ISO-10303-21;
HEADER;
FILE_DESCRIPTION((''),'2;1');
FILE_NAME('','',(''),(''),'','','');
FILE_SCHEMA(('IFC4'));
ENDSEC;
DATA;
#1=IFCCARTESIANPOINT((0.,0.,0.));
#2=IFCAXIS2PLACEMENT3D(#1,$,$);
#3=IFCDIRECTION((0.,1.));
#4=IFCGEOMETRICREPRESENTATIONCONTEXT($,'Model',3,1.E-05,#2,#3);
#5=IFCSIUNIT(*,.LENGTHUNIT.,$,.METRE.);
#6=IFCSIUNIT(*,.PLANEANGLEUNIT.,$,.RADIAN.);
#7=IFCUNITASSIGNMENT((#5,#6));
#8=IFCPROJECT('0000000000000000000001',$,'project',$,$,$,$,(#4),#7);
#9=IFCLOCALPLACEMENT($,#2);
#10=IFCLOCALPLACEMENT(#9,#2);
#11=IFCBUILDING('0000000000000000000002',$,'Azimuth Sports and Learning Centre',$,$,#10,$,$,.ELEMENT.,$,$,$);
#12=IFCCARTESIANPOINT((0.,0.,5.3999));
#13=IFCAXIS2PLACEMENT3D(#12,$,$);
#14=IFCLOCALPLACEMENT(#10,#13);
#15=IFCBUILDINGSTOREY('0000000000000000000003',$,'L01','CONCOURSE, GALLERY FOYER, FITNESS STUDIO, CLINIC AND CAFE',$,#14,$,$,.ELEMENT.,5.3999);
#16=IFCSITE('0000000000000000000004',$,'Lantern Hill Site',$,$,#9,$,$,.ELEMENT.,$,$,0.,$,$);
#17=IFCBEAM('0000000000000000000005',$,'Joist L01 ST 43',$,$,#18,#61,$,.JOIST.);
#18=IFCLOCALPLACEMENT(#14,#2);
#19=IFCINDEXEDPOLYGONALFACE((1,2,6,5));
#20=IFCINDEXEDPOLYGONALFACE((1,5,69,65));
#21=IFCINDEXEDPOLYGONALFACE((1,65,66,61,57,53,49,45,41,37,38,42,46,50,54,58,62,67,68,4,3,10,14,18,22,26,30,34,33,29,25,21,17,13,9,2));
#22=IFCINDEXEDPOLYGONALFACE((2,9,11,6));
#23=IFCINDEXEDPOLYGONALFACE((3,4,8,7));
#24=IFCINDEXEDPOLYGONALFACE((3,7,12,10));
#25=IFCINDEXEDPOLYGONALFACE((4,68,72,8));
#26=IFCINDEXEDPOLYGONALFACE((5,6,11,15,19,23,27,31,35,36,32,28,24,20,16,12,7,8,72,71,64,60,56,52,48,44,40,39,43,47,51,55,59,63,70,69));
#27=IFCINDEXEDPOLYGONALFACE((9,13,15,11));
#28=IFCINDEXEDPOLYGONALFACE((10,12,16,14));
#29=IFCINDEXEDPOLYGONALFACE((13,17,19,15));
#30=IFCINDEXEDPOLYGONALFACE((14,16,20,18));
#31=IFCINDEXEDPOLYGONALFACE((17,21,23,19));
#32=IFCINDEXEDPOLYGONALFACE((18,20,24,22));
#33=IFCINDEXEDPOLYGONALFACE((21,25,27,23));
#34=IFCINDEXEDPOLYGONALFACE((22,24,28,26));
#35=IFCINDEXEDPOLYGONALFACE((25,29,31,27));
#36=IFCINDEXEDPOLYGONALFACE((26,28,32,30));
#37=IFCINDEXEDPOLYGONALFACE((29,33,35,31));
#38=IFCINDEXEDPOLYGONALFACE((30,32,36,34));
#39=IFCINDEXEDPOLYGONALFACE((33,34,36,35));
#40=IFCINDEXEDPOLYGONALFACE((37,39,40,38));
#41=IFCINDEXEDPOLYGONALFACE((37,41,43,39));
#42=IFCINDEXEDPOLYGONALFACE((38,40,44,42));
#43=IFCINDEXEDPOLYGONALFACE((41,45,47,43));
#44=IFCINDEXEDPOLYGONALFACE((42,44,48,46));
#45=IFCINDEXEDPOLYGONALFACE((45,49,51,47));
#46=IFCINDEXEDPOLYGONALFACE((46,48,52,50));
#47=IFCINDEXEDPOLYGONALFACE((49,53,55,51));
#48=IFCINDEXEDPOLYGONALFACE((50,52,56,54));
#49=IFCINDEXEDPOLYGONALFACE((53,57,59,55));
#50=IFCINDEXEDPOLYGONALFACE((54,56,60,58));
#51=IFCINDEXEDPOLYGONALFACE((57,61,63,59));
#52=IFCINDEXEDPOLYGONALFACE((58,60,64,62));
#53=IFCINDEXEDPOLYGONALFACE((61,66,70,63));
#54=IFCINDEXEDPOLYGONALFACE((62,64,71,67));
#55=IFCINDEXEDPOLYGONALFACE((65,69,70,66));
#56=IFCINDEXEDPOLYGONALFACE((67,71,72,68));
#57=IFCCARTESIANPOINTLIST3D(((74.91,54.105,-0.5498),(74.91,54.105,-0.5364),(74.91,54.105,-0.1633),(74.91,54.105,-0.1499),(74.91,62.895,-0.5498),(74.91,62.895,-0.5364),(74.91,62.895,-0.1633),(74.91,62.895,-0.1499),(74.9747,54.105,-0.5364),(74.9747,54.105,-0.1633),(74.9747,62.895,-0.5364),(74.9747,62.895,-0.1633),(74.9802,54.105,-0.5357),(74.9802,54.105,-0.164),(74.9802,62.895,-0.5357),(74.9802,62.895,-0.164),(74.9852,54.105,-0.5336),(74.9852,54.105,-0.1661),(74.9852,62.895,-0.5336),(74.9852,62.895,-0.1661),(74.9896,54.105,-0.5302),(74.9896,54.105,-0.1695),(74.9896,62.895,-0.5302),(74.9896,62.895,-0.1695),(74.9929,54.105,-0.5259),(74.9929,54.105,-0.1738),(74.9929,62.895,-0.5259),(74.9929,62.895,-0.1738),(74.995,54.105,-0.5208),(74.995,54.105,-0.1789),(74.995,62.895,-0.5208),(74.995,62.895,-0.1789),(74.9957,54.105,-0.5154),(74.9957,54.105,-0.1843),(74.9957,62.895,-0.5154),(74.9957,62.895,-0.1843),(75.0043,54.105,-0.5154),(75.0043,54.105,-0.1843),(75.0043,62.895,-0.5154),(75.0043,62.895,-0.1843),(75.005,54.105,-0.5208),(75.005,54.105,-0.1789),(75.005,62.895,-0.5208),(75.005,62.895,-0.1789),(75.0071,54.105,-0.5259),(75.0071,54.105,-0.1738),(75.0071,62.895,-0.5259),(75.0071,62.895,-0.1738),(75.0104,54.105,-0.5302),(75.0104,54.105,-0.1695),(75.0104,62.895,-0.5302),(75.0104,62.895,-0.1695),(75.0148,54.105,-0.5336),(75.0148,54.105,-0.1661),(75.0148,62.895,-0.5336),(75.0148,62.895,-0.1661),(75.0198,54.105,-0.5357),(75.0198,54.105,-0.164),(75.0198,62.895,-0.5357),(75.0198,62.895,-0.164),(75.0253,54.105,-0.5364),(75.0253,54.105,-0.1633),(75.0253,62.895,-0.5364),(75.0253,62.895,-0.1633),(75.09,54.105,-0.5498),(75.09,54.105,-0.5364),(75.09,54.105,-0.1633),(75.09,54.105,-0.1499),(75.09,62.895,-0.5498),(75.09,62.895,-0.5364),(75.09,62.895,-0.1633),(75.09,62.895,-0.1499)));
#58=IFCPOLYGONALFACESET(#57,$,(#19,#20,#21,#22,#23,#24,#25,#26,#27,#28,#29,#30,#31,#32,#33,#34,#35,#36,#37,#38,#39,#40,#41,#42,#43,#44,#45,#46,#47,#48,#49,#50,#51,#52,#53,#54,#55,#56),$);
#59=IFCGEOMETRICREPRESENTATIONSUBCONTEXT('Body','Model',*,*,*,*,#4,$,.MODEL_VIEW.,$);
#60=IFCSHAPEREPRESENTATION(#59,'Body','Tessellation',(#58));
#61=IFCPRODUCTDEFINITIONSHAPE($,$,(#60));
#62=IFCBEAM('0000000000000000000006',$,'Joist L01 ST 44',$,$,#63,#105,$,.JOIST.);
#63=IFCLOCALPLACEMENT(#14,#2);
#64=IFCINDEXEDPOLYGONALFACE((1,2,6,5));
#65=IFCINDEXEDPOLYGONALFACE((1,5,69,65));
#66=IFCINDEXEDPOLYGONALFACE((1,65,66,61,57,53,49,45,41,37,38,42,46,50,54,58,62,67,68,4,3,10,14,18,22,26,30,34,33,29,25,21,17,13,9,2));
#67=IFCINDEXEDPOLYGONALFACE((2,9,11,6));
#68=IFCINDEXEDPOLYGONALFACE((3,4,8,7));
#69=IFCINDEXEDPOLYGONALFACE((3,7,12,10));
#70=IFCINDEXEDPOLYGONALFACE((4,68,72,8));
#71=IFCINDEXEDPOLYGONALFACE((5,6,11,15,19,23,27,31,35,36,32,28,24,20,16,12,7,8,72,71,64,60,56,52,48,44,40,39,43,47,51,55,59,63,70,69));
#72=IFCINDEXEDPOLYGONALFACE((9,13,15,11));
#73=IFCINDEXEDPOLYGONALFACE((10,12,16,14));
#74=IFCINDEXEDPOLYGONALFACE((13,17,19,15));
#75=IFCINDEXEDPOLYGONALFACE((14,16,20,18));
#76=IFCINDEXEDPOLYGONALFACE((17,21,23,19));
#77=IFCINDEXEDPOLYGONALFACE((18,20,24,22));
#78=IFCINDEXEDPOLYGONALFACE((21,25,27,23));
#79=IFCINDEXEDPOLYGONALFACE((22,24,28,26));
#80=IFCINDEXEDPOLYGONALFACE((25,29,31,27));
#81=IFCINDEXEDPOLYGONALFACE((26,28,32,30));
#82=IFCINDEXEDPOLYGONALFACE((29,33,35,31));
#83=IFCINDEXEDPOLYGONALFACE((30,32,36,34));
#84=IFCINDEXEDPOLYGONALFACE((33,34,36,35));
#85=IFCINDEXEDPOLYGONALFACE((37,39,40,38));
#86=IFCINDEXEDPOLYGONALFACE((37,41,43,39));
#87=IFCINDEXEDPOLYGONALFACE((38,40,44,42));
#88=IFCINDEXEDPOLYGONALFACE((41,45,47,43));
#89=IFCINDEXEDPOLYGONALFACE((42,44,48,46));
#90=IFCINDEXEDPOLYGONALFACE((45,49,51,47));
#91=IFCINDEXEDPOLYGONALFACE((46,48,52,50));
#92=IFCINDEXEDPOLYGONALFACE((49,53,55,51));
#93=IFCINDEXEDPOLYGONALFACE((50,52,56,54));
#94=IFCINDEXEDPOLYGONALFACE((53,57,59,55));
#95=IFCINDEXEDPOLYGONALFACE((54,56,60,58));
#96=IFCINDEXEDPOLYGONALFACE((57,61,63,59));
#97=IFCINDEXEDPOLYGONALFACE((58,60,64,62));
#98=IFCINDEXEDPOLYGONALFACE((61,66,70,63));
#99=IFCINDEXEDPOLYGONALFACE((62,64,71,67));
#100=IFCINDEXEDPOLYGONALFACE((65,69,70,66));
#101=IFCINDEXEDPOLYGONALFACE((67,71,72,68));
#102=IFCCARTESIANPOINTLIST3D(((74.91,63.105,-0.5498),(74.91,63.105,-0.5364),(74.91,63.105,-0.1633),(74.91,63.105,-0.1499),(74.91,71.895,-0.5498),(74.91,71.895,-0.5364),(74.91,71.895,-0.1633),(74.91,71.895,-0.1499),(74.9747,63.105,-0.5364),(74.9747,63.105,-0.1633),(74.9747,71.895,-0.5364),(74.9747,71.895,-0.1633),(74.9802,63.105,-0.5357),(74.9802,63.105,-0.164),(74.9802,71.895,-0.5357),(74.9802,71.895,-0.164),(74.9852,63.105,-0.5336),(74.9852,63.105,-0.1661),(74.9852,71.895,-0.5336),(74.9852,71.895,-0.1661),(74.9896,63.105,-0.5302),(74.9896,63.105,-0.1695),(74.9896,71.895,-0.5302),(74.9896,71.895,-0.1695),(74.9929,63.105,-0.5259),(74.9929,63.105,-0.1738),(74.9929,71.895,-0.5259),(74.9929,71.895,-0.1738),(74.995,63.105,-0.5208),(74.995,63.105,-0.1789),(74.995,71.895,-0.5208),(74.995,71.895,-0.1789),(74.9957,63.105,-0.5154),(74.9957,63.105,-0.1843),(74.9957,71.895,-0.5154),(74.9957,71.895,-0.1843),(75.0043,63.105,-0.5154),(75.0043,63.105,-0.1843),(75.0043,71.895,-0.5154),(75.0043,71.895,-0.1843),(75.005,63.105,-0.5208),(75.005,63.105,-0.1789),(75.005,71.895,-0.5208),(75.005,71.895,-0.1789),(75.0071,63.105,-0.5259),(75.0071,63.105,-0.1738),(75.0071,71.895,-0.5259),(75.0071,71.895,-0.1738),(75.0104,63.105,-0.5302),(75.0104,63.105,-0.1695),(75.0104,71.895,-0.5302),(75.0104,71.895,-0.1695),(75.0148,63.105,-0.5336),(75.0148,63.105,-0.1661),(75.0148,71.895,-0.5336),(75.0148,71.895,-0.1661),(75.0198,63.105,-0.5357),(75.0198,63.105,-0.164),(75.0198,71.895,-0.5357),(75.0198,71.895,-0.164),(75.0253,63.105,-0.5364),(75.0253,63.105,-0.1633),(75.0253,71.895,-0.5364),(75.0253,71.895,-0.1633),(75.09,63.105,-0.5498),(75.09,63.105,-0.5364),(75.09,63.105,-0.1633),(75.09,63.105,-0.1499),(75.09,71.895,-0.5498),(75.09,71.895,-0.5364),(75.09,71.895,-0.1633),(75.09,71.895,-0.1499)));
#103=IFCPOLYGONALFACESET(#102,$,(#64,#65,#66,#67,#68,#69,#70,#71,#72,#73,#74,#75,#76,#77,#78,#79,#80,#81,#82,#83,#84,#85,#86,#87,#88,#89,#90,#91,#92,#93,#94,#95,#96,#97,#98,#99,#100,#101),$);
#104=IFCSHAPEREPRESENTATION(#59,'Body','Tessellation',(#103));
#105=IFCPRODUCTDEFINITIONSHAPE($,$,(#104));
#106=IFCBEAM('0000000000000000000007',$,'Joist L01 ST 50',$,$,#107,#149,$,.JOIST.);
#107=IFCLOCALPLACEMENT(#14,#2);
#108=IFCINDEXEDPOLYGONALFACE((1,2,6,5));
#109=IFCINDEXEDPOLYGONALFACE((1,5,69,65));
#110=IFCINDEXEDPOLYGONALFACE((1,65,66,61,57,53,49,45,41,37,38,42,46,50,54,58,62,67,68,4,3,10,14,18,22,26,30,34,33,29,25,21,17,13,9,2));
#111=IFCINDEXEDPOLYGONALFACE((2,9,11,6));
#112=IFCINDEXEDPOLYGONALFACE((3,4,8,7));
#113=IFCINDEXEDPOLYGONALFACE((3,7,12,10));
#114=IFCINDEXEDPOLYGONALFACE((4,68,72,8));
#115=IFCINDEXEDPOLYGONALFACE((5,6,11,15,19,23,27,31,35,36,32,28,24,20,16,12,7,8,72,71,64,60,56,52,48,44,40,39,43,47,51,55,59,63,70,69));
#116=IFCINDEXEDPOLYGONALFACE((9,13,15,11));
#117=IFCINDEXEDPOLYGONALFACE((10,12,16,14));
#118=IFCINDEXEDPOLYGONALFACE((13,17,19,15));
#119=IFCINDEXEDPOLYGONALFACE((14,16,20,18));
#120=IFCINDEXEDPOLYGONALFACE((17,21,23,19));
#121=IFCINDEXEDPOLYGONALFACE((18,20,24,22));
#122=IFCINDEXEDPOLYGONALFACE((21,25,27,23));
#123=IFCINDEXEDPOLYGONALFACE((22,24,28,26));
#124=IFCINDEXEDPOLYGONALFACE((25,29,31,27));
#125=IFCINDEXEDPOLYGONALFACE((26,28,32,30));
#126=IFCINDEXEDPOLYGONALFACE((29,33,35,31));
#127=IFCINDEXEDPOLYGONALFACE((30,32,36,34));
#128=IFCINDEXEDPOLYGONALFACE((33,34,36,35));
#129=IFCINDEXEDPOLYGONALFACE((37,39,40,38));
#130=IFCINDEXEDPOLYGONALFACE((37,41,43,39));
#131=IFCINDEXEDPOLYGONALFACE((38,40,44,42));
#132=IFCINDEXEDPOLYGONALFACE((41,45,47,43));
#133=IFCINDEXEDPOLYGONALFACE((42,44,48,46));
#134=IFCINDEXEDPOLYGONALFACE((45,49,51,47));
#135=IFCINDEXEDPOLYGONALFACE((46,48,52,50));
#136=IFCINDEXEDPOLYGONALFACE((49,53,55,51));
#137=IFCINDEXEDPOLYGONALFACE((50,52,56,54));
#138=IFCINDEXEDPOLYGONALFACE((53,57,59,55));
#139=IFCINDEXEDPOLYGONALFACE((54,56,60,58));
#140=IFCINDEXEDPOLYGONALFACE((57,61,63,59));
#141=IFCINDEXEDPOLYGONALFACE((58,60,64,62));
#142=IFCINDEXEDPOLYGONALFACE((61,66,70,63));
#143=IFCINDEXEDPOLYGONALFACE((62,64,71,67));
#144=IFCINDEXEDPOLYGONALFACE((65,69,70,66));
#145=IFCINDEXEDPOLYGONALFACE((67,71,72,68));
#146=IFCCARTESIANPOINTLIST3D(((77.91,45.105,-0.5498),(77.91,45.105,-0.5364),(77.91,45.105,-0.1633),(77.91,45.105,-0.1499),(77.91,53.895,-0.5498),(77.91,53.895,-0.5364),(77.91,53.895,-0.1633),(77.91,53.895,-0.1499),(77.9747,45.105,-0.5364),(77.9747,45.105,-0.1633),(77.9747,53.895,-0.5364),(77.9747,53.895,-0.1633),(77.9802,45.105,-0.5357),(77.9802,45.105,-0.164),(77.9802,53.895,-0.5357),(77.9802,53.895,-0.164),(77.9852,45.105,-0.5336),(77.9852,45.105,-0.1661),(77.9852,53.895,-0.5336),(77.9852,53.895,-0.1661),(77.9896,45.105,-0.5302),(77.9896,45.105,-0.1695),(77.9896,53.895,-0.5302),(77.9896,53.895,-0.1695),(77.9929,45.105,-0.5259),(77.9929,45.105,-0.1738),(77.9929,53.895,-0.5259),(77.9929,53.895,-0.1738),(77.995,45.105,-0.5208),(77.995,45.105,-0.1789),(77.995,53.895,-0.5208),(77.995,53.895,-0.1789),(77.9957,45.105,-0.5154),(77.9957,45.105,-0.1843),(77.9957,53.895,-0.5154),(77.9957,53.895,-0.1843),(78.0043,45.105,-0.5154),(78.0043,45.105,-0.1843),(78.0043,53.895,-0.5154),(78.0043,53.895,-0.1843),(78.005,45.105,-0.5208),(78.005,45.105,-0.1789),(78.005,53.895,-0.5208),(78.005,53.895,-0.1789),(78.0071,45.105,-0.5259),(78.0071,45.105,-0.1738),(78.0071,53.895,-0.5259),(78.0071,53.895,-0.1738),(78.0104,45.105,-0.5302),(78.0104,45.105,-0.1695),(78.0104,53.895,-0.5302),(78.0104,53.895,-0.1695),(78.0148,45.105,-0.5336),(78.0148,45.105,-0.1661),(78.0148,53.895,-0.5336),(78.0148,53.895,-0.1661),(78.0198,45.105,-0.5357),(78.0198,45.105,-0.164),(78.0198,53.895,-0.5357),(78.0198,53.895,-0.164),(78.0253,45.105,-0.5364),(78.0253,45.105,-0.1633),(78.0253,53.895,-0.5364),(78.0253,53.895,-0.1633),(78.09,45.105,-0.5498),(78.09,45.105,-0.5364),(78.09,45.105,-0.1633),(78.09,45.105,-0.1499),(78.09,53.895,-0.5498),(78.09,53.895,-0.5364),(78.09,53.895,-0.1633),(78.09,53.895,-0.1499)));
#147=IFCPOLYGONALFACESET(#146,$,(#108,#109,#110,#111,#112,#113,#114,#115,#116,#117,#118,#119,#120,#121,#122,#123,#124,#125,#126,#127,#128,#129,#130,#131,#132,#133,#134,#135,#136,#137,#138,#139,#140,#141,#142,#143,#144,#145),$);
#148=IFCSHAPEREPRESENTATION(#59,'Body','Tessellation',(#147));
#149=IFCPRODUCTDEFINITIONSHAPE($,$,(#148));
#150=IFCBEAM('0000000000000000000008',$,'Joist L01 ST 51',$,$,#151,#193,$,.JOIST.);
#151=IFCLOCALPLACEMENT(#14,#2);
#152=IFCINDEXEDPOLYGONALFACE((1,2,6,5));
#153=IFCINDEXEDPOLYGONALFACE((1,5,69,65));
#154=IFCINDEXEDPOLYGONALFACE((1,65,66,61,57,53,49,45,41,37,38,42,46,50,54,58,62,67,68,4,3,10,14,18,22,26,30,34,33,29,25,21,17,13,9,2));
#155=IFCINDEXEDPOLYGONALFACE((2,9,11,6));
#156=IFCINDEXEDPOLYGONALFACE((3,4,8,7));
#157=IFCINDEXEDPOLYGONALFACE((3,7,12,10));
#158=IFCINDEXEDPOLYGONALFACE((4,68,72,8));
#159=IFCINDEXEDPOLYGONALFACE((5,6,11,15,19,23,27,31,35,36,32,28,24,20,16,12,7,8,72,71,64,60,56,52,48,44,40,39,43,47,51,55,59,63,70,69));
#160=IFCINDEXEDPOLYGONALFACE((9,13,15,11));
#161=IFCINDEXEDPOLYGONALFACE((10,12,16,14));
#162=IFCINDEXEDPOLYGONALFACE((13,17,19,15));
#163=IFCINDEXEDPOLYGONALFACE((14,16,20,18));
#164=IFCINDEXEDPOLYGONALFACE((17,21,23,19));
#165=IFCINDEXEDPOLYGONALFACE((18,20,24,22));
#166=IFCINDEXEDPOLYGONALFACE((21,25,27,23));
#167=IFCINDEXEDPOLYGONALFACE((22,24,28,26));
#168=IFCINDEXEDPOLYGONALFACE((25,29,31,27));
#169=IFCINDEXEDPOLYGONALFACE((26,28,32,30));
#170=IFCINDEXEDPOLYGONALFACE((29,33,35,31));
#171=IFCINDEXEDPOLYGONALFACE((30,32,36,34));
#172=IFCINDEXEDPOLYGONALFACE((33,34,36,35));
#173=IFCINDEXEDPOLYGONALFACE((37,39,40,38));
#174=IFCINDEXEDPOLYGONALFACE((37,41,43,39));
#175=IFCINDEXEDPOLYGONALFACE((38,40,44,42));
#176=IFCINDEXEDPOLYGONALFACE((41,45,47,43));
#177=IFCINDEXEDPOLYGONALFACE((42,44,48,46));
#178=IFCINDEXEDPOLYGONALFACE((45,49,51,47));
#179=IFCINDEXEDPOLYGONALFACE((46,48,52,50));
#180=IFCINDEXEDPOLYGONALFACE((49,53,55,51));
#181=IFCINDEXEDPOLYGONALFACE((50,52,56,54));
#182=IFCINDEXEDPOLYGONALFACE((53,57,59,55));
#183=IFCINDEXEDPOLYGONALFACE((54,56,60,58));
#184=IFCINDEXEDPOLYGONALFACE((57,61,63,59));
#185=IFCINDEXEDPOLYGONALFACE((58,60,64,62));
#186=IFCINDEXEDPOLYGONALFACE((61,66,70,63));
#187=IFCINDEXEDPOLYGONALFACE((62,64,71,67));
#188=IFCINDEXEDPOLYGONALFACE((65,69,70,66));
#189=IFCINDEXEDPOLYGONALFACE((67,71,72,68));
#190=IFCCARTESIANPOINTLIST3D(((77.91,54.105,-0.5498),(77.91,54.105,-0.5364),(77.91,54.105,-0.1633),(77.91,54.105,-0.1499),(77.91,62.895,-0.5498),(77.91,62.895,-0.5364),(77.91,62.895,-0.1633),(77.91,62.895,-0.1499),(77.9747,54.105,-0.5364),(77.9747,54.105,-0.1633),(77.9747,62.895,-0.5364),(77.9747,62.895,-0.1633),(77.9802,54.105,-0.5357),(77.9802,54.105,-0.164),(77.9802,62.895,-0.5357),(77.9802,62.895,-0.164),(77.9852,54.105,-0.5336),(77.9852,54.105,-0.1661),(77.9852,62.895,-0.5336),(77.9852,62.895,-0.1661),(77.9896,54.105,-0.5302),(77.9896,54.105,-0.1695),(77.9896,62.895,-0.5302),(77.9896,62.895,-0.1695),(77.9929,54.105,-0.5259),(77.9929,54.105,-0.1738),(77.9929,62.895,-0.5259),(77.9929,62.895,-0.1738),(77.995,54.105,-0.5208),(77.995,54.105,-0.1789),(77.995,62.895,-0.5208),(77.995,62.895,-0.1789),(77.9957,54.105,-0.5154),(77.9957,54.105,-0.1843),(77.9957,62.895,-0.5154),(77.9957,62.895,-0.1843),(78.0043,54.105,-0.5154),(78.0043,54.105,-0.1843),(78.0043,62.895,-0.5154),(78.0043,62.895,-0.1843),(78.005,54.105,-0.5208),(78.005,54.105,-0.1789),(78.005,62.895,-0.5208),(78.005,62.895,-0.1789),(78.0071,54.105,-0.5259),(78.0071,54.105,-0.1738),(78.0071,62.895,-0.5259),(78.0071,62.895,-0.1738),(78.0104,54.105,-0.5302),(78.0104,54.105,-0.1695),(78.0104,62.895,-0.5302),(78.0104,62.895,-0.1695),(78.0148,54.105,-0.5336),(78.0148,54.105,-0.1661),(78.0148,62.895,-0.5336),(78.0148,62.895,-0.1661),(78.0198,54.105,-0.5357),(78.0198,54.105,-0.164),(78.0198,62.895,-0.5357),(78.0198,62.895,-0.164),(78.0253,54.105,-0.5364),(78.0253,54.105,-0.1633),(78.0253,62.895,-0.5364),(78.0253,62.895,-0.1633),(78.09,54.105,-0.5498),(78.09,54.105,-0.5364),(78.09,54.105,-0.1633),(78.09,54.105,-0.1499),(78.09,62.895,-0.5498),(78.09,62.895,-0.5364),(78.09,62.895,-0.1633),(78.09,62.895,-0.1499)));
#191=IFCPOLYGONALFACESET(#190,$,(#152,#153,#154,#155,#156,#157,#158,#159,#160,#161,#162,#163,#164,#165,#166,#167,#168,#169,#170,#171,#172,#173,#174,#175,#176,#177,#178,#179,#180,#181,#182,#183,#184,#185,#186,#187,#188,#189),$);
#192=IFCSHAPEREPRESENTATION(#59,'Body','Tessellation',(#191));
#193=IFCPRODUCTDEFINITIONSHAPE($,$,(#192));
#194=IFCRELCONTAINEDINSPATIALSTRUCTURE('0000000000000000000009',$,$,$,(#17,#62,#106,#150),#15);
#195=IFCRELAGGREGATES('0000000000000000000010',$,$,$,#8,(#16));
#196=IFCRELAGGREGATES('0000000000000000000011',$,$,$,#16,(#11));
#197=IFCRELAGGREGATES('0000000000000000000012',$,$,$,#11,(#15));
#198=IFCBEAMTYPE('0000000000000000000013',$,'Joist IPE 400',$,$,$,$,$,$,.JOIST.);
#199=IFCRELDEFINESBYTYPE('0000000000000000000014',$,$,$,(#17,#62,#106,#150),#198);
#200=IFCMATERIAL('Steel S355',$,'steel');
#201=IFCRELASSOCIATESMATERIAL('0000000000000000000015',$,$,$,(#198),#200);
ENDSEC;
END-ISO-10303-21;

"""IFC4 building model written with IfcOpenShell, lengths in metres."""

from ifc_helpers import new_model, si_unit, direction, frame, origin, origin_2d, place, context, subcontext, project, spatial, i_section, extrude, material, material_profile, profile_set, type_object, element, save


model = new_model("IFC4")

# Units and contexts
model_context = context("Model", 3, precision=1e-05, world=origin(), true_north=direction((0.0, 1.0)))
body_context = subcontext(model_context, "Body", "Model", "MODEL_VIEW")
ifc_project = project(units=[si_unit("LENGTHUNIT", "METRE"), si_unit("PLANEANGLEUNIT", "RADIAN")], contexts=[model_context])

# Site, building, storey
site_placement = place(None, origin())
site = spatial("IfcSite", under=ifc_project, at=site_placement, Name="Lantern Hill Site", CompositionType="ELEMENT", RefElevation=0.0)
building_placement = place(site_placement, origin())
building = spatial("IfcBuilding", under=site, at=building_placement, Name="Azimuth Sports and Learning Centre", CompositionType="ELEMENT")
storey_placement = place(building_placement, frame((0.0, 0.0, 5.3999)))
storey = spatial("IfcBuildingStorey", under=building, at=storey_placement, Name="L01", Description="CONCOURSE, GALLERY FOYER, FITNESS STUDIO, CLINIC AND CAFE", CompositionType="ELEMENT", Elevation=5.3999)

# Beams
ifc_material_1 = material(Name="Steel S355", Category="steel")
ifc_material_profile_1 = material_profile(ifc_material_1, i_section(OverallWidth=0.1799, OverallDepth=0.3999, WebThickness=0.0085, FlangeThickness=0.0134, FilletRadius=0.021, at=origin_2d()), Name="IPE 400")
ifc_profile_set_1 = profile_set([ifc_material_profile_1], Name="Steel S355")
beam_type_1 = type_object("IfcBeamType", Name="Joist IPE 400", PredefinedType="JOIST", material=ifc_profile_set_1)
for number, where, z_axis, x_axis, name in (
    (1, (75.0, 54.105, -0.3499), (0.0, 1.0, 0.0), (-1.0, 0.0, 0.0), "Joist L01 ST 43"),
    (2, (75.0, 63.105, -0.3499), (0.0, 1.0, 0.0), (-1.0, 0.0, 0.0), "Joist L01 ST 44"),
    (3, (78.0, 45.105, -0.3499), (0.0, 1.0, 0.0), (-1.0, 0.0, 0.0), "Joist L01 ST 50"),
    (4, (78.0, 54.105, -0.3499), (0.0, 1.0, 0.0), (-1.0, 0.0, 0.0), "Joist L01 ST 51"),
):
    element("IfcBeam", number, at=place(storey_placement, frame(where, z_axis=z_axis, x_axis=x_axis)), inside=storey, type_object=beam_type_1, Name=name, PredefinedType="JOIST", context=body_context, shape_type="SweptSolid", body=[
        extrude(i_section(OverallWidth=0.1799, OverallDepth=0.3999, WebThickness=0.0085, FlangeThickness=0.0134, FilletRadius=0.021, at=origin_2d()), origin(), (0.0, 0.0, 1.0), 8.79),
    ])

save(model, "model.ifc")
